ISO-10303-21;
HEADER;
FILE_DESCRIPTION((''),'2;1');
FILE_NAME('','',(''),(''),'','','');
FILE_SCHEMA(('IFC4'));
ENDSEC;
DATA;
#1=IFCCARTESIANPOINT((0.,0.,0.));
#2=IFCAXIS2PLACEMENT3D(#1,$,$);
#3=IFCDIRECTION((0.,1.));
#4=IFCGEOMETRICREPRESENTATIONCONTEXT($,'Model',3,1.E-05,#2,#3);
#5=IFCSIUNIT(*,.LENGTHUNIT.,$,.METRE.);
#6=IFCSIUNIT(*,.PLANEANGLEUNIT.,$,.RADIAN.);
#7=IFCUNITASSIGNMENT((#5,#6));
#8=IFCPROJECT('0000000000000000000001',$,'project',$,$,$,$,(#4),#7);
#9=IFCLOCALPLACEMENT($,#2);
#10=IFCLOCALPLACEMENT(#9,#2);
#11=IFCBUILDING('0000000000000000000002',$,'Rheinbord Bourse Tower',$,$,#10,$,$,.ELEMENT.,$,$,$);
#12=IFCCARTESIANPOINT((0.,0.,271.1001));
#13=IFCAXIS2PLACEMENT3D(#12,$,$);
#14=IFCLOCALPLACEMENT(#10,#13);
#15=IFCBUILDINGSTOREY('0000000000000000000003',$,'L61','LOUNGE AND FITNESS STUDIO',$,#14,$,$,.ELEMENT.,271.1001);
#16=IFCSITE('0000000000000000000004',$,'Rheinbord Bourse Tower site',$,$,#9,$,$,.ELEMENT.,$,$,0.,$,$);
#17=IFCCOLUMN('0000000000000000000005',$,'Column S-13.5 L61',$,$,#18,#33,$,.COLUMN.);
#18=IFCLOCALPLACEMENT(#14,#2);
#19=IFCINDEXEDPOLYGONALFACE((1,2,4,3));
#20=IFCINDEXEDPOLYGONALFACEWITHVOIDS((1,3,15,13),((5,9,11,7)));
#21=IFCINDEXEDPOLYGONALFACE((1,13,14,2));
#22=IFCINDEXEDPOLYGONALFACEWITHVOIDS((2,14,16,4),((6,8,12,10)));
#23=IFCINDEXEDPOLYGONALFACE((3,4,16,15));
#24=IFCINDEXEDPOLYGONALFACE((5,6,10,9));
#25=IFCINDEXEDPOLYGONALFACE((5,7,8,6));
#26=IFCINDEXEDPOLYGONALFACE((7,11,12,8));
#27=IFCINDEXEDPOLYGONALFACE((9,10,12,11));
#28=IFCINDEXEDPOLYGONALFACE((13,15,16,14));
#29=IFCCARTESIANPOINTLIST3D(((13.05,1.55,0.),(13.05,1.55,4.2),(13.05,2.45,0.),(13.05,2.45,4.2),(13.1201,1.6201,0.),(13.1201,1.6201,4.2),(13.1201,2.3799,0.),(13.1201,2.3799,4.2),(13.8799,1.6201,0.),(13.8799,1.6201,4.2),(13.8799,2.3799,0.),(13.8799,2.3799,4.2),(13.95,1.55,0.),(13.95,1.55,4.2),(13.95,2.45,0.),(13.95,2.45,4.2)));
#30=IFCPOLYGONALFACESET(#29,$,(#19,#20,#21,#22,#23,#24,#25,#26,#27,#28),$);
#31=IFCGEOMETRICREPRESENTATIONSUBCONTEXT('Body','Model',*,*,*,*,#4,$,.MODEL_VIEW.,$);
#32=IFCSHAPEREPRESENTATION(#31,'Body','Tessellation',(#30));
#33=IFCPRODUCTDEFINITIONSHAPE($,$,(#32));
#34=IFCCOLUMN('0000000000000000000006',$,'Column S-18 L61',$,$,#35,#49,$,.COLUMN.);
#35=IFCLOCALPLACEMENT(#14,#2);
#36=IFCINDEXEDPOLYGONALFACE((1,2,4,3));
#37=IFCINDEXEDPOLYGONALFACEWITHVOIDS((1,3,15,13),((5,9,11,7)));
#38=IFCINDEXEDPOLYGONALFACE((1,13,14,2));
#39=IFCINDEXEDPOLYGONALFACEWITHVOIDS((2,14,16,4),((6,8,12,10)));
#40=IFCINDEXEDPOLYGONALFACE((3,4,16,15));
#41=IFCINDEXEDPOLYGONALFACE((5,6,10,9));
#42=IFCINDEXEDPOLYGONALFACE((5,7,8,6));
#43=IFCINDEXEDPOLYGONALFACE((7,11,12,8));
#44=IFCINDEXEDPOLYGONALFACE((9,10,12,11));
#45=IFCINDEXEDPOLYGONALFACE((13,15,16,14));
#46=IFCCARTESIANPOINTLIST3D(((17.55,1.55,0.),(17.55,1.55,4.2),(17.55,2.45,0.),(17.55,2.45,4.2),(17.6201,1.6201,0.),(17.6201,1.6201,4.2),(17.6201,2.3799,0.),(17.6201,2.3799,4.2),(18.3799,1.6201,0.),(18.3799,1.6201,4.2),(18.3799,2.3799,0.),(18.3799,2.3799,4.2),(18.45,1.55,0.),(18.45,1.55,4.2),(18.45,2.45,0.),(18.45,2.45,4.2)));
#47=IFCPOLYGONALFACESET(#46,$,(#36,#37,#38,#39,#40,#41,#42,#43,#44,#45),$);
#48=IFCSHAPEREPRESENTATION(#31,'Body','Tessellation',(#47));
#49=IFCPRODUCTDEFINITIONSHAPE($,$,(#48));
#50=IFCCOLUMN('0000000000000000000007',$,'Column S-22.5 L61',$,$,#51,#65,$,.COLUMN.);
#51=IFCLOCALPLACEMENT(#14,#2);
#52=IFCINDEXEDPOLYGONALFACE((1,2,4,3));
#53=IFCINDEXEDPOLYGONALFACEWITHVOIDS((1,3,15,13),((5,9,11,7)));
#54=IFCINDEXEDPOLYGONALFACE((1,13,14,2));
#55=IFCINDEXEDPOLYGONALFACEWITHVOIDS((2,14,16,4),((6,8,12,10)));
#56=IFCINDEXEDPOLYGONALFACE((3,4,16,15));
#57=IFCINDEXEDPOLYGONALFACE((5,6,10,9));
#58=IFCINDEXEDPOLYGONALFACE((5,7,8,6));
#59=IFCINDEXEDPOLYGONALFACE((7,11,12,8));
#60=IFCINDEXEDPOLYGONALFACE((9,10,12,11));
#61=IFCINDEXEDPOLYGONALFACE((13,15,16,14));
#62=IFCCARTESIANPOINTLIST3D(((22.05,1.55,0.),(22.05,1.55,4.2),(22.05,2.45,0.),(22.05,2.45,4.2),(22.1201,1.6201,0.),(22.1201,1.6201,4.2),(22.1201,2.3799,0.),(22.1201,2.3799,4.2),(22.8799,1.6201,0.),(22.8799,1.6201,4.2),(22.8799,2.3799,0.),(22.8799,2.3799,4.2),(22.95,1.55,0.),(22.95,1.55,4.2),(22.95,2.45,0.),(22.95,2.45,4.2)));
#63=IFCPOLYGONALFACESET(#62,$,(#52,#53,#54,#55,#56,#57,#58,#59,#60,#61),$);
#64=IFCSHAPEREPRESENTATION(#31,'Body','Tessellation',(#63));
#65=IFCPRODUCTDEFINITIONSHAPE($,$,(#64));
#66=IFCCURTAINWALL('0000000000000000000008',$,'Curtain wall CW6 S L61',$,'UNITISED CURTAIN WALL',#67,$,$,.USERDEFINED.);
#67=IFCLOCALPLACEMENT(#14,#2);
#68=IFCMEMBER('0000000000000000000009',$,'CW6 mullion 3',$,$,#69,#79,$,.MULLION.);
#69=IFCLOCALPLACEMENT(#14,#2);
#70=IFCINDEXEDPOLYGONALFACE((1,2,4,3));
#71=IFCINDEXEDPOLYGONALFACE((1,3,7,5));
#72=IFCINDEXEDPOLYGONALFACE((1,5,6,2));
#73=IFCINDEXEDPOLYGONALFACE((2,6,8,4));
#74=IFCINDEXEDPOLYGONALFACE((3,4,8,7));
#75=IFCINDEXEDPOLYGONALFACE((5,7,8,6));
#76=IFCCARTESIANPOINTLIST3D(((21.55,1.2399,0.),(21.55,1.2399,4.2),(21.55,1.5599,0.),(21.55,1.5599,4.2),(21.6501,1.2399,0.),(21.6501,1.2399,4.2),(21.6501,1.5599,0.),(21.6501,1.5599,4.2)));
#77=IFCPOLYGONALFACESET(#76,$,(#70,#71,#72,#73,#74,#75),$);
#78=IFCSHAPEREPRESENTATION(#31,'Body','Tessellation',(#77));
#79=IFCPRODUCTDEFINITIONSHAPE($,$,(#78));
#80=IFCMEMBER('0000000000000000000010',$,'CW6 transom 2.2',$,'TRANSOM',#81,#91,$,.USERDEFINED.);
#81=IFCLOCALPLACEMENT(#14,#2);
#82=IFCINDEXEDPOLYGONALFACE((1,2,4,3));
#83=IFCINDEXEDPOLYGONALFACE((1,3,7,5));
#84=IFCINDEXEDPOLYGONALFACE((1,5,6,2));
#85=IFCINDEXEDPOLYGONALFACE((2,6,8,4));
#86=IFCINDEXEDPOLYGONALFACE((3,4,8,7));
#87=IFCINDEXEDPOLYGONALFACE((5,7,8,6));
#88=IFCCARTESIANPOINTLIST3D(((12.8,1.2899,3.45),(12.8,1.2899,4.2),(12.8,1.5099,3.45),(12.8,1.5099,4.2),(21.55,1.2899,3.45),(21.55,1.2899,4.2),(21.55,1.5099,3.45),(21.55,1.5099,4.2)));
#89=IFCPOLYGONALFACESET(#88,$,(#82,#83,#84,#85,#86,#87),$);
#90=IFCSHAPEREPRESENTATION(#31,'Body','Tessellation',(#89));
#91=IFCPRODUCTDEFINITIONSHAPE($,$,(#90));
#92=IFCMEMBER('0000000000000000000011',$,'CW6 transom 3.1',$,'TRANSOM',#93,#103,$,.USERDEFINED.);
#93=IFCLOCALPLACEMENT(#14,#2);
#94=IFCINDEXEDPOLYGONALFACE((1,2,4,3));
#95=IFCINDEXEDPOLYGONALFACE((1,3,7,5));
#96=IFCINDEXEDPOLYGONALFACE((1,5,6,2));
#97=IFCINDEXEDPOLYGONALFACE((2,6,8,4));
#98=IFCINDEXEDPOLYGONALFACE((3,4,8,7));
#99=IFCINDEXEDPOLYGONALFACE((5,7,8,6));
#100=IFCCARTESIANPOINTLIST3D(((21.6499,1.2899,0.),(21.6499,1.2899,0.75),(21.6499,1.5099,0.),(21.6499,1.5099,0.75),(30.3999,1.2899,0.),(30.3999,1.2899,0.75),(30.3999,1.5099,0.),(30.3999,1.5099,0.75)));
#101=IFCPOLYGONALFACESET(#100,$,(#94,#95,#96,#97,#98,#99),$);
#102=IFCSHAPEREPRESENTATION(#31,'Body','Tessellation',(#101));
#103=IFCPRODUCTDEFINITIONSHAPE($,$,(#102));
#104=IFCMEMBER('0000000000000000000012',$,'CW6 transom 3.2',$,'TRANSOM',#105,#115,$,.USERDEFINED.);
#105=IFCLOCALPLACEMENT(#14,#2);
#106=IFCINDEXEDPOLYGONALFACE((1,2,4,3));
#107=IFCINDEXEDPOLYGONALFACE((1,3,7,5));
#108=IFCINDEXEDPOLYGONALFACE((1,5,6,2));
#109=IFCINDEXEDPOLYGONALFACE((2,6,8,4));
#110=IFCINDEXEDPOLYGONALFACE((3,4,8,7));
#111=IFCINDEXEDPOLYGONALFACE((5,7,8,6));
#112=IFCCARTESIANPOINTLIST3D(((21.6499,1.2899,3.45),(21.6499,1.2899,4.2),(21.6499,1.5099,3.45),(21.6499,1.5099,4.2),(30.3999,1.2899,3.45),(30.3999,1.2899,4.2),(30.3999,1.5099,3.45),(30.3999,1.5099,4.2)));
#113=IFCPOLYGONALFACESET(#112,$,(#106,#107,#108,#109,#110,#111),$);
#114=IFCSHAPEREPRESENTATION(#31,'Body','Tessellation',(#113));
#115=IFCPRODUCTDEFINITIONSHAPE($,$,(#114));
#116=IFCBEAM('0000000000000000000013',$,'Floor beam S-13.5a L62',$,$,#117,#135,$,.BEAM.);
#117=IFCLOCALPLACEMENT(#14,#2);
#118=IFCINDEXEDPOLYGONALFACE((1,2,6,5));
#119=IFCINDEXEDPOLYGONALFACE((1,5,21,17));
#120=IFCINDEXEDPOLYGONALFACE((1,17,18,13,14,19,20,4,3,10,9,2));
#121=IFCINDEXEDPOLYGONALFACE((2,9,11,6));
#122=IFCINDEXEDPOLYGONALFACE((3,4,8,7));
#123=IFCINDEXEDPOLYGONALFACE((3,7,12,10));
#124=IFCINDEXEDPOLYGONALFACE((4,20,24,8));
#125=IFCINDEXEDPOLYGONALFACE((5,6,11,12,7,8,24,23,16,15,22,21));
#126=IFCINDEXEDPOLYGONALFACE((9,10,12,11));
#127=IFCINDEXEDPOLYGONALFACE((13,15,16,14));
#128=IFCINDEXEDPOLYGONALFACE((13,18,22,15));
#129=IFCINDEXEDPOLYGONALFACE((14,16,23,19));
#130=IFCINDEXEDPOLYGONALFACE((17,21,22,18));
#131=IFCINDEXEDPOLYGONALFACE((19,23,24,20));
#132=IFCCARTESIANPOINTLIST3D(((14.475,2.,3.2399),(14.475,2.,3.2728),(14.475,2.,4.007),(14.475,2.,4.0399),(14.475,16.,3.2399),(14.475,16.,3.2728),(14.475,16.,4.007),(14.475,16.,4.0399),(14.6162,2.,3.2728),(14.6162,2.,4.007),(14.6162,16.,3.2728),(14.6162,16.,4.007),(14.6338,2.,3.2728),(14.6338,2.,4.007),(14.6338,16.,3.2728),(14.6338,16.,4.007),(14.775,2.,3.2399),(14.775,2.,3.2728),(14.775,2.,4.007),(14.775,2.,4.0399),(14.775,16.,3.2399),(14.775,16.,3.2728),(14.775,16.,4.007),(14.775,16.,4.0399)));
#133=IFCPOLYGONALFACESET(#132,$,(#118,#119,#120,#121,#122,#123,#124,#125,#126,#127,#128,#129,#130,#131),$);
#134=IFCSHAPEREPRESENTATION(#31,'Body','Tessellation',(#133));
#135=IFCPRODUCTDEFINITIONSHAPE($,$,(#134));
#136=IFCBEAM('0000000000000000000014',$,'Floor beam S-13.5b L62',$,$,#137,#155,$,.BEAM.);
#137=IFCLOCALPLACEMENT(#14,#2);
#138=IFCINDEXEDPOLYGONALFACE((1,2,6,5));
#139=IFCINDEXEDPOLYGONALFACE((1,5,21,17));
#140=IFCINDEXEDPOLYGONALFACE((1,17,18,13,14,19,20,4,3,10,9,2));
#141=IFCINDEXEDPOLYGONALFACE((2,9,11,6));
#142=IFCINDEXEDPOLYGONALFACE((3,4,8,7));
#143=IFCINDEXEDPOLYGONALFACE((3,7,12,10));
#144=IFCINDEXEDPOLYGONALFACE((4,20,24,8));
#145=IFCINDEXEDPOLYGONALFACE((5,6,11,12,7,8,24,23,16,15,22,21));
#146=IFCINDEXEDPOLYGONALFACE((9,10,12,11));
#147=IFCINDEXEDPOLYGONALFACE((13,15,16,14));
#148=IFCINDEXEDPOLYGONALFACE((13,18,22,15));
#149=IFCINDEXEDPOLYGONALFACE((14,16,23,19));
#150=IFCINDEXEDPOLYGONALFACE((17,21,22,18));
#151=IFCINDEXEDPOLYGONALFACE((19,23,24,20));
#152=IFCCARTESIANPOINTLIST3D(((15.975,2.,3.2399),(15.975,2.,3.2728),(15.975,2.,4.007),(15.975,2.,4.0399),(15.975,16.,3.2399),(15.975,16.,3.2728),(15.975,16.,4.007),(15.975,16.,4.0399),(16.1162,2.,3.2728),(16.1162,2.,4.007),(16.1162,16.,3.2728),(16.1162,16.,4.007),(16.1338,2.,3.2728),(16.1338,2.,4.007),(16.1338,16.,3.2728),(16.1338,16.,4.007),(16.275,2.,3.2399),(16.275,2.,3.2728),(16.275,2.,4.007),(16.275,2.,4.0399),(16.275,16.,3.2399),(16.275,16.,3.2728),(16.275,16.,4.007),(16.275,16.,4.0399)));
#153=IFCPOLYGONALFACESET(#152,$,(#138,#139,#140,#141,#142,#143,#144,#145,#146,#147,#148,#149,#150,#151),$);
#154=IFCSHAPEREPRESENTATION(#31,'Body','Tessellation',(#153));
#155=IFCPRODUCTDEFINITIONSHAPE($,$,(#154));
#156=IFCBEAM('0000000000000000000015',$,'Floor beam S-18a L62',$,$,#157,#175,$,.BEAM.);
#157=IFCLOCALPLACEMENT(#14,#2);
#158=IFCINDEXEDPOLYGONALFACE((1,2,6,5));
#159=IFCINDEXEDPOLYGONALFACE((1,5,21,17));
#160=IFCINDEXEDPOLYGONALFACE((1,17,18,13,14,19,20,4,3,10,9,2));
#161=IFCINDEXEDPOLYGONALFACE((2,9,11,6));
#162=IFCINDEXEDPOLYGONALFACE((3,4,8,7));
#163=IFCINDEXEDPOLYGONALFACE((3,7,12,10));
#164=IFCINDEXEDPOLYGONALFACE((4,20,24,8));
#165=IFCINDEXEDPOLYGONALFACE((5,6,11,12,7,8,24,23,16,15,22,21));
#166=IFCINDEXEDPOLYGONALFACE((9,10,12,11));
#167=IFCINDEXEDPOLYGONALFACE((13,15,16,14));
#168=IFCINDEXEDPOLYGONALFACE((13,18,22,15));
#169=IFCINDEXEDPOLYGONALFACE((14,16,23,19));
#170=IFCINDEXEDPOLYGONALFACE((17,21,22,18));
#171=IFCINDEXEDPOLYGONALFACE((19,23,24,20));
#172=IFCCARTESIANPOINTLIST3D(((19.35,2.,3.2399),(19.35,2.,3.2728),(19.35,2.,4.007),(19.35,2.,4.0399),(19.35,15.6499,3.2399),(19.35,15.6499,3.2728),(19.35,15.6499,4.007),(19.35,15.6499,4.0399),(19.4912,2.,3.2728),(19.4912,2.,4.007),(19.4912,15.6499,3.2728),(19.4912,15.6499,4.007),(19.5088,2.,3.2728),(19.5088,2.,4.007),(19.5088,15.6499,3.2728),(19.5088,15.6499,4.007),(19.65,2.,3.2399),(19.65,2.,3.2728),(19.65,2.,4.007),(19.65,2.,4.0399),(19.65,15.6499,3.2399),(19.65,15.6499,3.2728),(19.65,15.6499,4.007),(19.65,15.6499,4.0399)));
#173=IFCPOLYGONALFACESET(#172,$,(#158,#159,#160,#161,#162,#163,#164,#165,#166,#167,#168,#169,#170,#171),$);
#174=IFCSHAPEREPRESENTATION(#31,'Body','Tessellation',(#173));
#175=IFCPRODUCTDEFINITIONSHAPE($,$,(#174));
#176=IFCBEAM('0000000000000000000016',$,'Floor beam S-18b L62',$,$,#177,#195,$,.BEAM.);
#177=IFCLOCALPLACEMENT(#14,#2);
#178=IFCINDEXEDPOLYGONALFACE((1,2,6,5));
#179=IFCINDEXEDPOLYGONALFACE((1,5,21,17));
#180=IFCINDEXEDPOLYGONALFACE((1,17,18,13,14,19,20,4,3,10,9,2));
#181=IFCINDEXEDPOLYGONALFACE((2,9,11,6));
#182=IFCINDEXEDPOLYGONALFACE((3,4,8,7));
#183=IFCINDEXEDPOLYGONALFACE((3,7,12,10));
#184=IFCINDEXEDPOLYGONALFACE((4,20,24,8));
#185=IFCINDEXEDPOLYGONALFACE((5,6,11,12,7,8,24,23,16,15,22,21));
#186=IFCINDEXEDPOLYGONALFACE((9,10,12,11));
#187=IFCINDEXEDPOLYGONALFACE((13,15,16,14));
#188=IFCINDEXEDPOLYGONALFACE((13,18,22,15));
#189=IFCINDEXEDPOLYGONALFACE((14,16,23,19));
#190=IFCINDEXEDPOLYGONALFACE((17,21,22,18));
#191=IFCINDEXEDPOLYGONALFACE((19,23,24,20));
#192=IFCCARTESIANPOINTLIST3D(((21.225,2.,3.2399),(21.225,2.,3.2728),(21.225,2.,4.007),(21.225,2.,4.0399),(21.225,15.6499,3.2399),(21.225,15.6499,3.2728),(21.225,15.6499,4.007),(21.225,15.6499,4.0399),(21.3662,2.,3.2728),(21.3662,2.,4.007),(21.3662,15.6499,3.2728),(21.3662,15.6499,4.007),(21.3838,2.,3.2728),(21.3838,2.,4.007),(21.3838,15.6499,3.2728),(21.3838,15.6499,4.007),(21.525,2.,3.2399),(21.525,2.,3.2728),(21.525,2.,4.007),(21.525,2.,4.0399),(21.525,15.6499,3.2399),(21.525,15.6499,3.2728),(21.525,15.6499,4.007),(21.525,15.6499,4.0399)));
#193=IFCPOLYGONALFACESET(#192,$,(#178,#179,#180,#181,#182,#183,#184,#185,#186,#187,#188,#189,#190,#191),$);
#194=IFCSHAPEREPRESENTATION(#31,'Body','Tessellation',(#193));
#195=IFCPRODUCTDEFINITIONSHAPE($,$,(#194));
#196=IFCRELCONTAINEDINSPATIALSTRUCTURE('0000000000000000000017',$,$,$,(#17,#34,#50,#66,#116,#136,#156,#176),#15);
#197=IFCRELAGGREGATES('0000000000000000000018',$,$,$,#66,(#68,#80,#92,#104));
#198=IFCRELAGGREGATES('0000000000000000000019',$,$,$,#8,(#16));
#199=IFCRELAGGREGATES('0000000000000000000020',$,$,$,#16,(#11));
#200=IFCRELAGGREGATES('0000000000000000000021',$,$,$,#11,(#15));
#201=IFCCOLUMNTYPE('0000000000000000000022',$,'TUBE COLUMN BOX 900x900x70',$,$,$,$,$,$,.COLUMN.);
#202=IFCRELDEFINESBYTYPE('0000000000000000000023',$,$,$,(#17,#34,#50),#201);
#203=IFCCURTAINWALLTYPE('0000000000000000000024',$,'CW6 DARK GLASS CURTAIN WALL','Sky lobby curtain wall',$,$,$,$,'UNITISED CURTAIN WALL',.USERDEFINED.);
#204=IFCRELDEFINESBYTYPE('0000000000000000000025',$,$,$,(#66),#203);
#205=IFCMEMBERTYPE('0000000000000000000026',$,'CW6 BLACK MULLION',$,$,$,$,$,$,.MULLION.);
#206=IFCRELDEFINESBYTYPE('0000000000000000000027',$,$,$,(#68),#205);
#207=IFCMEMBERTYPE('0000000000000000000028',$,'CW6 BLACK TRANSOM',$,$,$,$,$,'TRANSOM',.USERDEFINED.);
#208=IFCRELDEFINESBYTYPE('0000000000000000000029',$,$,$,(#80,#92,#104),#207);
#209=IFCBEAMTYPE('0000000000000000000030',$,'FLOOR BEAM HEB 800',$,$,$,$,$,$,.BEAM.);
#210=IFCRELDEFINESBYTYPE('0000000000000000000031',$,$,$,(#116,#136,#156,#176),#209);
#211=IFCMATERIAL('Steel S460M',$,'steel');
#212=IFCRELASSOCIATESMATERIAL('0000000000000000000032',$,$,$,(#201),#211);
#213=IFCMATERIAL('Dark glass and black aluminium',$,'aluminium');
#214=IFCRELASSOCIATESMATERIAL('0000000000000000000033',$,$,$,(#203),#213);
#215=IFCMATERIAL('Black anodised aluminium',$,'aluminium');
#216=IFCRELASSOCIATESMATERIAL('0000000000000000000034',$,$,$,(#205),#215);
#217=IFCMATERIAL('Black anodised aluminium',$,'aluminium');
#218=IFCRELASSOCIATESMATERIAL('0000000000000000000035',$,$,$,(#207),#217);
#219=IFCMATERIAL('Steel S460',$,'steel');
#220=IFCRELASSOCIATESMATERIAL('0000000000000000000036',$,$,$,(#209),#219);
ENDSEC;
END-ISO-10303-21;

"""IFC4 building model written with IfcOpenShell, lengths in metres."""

from ifc_helpers import new_model, si_unit, direction, frame, origin, origin_2d, place, context, subcontext, project, spatial, rectangle, hollow_rectangle, i_section, extrude, material, material_profile, profile_set, type_object, element, aggregate, save


model = new_model("IFC4")

# Units and contexts
model_context = context("Model", 3, precision=1e-05, world=origin(), true_north=direction((0.0, 1.0)))
body_context = subcontext(model_context, "Body", "Model", "MODEL_VIEW")
ifc_project = project(units=[si_unit("LENGTHUNIT", "METRE"), si_unit("PLANEANGLEUNIT", "RADIAN")], contexts=[model_context])

# Site, building, storey
site_placement = place(None, origin())
site = spatial("IfcSite", under=ifc_project, at=site_placement, Name="Rheinbord Bourse Tower site", CompositionType="ELEMENT", RefElevation=0.0)
building_placement = place(site_placement, origin())
building = spatial("IfcBuilding", under=site, at=building_placement, Name="Rheinbord Bourse Tower", CompositionType="ELEMENT")
storey_placement = place(building_placement, frame((0.0, 0.0, 271.1001)))
storey = spatial("IfcBuildingStorey", under=building, at=storey_placement, Name="L61", Description="LOUNGE AND FITNESS STUDIO", CompositionType="ELEMENT", Elevation=271.1001)

# Columns
ifc_material_1 = material(Name="Steel S460M", Category="steel")
ifc_material_profile_1 = material_profile(ifc_material_1, hollow_rectangle(XDim=0.8999, YDim=0.8999, WallThickness=0.0701, at=origin_2d()), Name="BOX 900x900x70")
ifc_profile_set_1 = profile_set([ifc_material_profile_1], Name="Steel S460M")
column_type = type_object("IfcColumnType", Name="TUBE COLUMN BOX 900x900x70", PredefinedType="COLUMN", material=ifc_profile_set_1)
for number, where, z_axis, x_axis, name in (
    (1, (13.5, 2.0, 0.0), (0.0, 0.0, 1.0), (0.0, 1.0, 0.0), "Column S-13.5 L61"),
    (2, (18.0, 2.0, 0.0), (0.0, 0.0, 1.0), (0.0, 1.0, 0.0), "Column S-18 L61"),
    (3, (22.5, 2.0, 0.0), (0.0, 0.0, 1.0), (0.0, 1.0, 0.0), "Column S-22.5 L61"),
):
    element("IfcColumn", number, at=place(storey_placement, frame(where, z_axis=z_axis, x_axis=x_axis)), inside=storey, type_object=column_type, Name=name, PredefinedType="COLUMN", context=body_context, shape_type="SweptSolid", body=[
        extrude(hollow_rectangle(XDim=0.8999, YDim=0.8999, WallThickness=0.0701, at=origin_2d()), origin(), (0.0, 0.0, 1.0), 4.2),
    ])

# Curtain wall, members
ifc_material_2 = material(Name="Dark glass and black aluminium", Category="aluminium")
curtain_wall_type = type_object("IfcCurtainWallType", Name="CW6 DARK GLASS CURTAIN WALL", Description="Sky lobby curtain wall", ElementType="UNITISED CURTAIN WALL", PredefinedType="USERDEFINED", material=ifc_material_2)
curtain_wall_placement = place(storey_placement, origin())
curtain_wall = element("IfcCurtainWall", 4, at=curtain_wall_placement, inside=storey, type_object=curtain_wall_type, Name="Curtain wall CW6 S L61", ObjectType="UNITISED CURTAIN WALL", PredefinedType="USERDEFINED")
ifc_material_3 = material(Name="Black anodised aluminium", Category="aluminium")
ifc_material_profile_2 = material_profile(ifc_material_3, rectangle(XDim=0.3201, YDim=0.1001, at=origin_2d()), Name="CW6 MULLION 100x320")
ifc_profile_set_2 = profile_set([ifc_material_profile_2], Name="Black anodised aluminium")
member_type_1 = type_object("IfcMemberType", Name="CW6 BLACK MULLION", PredefinedType="MULLION", material=ifc_profile_set_2)
member_1_placement = place(storey_placement, frame((21.6001, 1.3999, 0.0), z_axis=(0.0, 0.0, 1.0), x_axis=(0.0, 1.0, 0.0)))
member_1 = element("IfcMember", 5, at=member_1_placement, type_object=member_type_1, Name="CW6 mullion 3", PredefinedType="MULLION", context=body_context, shape_type="SweptSolid", body=[
    extrude(rectangle(XDim=0.3201, YDim=0.1001, at=origin_2d()), origin(), (0.0, 0.0, 1.0), 4.2),
])
ifc_material_4 = material(Name="Black anodised aluminium", Category="aluminium")
ifc_material_profile_3 = material_profile(ifc_material_4, rectangle(XDim=0.22, YDim=0.75, at=origin_2d()), Name="CW6 TRANSOM 750x220")
ifc_profile_set_3 = profile_set([ifc_material_profile_3], Name="Black anodised aluminium")
member_type_2 = type_object("IfcMemberType", Name="CW6 BLACK TRANSOM", ElementType="TRANSOM", PredefinedType="USERDEFINED", material=ifc_profile_set_3)
member_2_placement = place(storey_placement, frame((12.8, 1.3999, 3.825), z_axis=(1.0, 0.0, 0.0), x_axis=(0.0, 1.0, 0.0)))
member_2 = element("IfcMember", 6, at=member_2_placement, type_object=member_type_2, Name="CW6 transom 2.2", ObjectType="TRANSOM", PredefinedType="USERDEFINED", context=body_context, shape_type="SweptSolid", body=[
    extrude(rectangle(XDim=0.22, YDim=0.75, at=origin_2d()), origin(), (0.0, 0.0, 1.0), 8.75),
])
member_3_placement = place(storey_placement, frame((21.6499, 1.3999, 0.375), z_axis=(1.0, 0.0, 0.0), x_axis=(0.0, 1.0, 0.0)))
member_3 = element("IfcMember", 7, at=member_3_placement, type_object=member_type_2, Name="CW6 transom 3.1", ObjectType="TRANSOM", PredefinedType="USERDEFINED", context=body_context, shape_type="SweptSolid", body=[
    extrude(rectangle(XDim=0.22, YDim=0.75, at=origin_2d()), origin(), (0.0, 0.0, 1.0), 8.75),
])
member_4_placement = place(storey_placement, frame((21.6499, 1.3999, 3.825), z_axis=(1.0, 0.0, 0.0), x_axis=(0.0, 1.0, 0.0)))
member_4 = element("IfcMember", 8, at=member_4_placement, type_object=member_type_2, Name="CW6 transom 3.2", ObjectType="TRANSOM", PredefinedType="USERDEFINED", context=body_context, shape_type="SweptSolid", body=[
    extrude(rectangle(XDim=0.22, YDim=0.75, at=origin_2d()), origin(), (0.0, 0.0, 1.0), 8.75),
])

# Beams
ifc_material_5 = material(Name="Steel S460", Category="steel")
ifc_material_profile_4 = material_profile(ifc_material_5, i_section(OverallWidth=0.3, OverallDepth=0.8, WebThickness=0.0176, FlangeThickness=0.033, at=origin_2d()), Name="HEB 800")
ifc_profile_set_4 = profile_set([ifc_material_profile_4], Name="Steel S460")
beam_type_1 = type_object("IfcBeamType", Name="FLOOR BEAM HEB 800", PredefinedType="BEAM", material=ifc_profile_set_4)
for number, where, z_axis, x_axis, name in (
    (9, (14.625, 2.0, 3.6399), (0.0, 1.0, 0.0), (-1.0, 0.0, 0.0), "Floor beam S-13.5a L62"),
    (10, (16.125, 2.0, 3.6399), (0.0, 1.0, 0.0), (-1.0, 0.0, 0.0), "Floor beam S-13.5b L62"),
):
    element("IfcBeam", number, at=place(storey_placement, frame(where, z_axis=z_axis, x_axis=x_axis)), inside=storey, type_object=beam_type_1, Name=name, PredefinedType="BEAM", context=body_context, shape_type="SweptSolid", body=[
        extrude(i_section(OverallWidth=0.3, OverallDepth=0.8, WebThickness=0.0176, FlangeThickness=0.033, at=origin_2d()), origin(), (0.0, 0.0, 1.0), 14.0),
    ])
for number, where, z_axis, x_axis, name in (
    (11, (19.5, 2.0, 3.6399), (0.0, 1.0, 0.0), (-1.0, 0.0, 0.0), "Floor beam S-18a L62"),
    (12, (21.375, 2.0, 3.6399), (0.0, 1.0, 0.0), (-1.0, 0.0, 0.0), "Floor beam S-18b L62"),
):
    element("IfcBeam", number, at=place(storey_placement, frame(where, z_axis=z_axis, x_axis=x_axis)), inside=storey, type_object=beam_type_1, Name=name, PredefinedType="BEAM", context=body_context, shape_type="SweptSolid", body=[
        extrude(i_section(OverallWidth=0.3, OverallDepth=0.8, WebThickness=0.0176, FlangeThickness=0.033, at=origin_2d()), origin(), (0.0, 0.0, 1.0), 13.6499),
    ])

aggregate(curtain_wall, [member_1, member_2, member_3, member_4])

save(model, "model.ifc")
